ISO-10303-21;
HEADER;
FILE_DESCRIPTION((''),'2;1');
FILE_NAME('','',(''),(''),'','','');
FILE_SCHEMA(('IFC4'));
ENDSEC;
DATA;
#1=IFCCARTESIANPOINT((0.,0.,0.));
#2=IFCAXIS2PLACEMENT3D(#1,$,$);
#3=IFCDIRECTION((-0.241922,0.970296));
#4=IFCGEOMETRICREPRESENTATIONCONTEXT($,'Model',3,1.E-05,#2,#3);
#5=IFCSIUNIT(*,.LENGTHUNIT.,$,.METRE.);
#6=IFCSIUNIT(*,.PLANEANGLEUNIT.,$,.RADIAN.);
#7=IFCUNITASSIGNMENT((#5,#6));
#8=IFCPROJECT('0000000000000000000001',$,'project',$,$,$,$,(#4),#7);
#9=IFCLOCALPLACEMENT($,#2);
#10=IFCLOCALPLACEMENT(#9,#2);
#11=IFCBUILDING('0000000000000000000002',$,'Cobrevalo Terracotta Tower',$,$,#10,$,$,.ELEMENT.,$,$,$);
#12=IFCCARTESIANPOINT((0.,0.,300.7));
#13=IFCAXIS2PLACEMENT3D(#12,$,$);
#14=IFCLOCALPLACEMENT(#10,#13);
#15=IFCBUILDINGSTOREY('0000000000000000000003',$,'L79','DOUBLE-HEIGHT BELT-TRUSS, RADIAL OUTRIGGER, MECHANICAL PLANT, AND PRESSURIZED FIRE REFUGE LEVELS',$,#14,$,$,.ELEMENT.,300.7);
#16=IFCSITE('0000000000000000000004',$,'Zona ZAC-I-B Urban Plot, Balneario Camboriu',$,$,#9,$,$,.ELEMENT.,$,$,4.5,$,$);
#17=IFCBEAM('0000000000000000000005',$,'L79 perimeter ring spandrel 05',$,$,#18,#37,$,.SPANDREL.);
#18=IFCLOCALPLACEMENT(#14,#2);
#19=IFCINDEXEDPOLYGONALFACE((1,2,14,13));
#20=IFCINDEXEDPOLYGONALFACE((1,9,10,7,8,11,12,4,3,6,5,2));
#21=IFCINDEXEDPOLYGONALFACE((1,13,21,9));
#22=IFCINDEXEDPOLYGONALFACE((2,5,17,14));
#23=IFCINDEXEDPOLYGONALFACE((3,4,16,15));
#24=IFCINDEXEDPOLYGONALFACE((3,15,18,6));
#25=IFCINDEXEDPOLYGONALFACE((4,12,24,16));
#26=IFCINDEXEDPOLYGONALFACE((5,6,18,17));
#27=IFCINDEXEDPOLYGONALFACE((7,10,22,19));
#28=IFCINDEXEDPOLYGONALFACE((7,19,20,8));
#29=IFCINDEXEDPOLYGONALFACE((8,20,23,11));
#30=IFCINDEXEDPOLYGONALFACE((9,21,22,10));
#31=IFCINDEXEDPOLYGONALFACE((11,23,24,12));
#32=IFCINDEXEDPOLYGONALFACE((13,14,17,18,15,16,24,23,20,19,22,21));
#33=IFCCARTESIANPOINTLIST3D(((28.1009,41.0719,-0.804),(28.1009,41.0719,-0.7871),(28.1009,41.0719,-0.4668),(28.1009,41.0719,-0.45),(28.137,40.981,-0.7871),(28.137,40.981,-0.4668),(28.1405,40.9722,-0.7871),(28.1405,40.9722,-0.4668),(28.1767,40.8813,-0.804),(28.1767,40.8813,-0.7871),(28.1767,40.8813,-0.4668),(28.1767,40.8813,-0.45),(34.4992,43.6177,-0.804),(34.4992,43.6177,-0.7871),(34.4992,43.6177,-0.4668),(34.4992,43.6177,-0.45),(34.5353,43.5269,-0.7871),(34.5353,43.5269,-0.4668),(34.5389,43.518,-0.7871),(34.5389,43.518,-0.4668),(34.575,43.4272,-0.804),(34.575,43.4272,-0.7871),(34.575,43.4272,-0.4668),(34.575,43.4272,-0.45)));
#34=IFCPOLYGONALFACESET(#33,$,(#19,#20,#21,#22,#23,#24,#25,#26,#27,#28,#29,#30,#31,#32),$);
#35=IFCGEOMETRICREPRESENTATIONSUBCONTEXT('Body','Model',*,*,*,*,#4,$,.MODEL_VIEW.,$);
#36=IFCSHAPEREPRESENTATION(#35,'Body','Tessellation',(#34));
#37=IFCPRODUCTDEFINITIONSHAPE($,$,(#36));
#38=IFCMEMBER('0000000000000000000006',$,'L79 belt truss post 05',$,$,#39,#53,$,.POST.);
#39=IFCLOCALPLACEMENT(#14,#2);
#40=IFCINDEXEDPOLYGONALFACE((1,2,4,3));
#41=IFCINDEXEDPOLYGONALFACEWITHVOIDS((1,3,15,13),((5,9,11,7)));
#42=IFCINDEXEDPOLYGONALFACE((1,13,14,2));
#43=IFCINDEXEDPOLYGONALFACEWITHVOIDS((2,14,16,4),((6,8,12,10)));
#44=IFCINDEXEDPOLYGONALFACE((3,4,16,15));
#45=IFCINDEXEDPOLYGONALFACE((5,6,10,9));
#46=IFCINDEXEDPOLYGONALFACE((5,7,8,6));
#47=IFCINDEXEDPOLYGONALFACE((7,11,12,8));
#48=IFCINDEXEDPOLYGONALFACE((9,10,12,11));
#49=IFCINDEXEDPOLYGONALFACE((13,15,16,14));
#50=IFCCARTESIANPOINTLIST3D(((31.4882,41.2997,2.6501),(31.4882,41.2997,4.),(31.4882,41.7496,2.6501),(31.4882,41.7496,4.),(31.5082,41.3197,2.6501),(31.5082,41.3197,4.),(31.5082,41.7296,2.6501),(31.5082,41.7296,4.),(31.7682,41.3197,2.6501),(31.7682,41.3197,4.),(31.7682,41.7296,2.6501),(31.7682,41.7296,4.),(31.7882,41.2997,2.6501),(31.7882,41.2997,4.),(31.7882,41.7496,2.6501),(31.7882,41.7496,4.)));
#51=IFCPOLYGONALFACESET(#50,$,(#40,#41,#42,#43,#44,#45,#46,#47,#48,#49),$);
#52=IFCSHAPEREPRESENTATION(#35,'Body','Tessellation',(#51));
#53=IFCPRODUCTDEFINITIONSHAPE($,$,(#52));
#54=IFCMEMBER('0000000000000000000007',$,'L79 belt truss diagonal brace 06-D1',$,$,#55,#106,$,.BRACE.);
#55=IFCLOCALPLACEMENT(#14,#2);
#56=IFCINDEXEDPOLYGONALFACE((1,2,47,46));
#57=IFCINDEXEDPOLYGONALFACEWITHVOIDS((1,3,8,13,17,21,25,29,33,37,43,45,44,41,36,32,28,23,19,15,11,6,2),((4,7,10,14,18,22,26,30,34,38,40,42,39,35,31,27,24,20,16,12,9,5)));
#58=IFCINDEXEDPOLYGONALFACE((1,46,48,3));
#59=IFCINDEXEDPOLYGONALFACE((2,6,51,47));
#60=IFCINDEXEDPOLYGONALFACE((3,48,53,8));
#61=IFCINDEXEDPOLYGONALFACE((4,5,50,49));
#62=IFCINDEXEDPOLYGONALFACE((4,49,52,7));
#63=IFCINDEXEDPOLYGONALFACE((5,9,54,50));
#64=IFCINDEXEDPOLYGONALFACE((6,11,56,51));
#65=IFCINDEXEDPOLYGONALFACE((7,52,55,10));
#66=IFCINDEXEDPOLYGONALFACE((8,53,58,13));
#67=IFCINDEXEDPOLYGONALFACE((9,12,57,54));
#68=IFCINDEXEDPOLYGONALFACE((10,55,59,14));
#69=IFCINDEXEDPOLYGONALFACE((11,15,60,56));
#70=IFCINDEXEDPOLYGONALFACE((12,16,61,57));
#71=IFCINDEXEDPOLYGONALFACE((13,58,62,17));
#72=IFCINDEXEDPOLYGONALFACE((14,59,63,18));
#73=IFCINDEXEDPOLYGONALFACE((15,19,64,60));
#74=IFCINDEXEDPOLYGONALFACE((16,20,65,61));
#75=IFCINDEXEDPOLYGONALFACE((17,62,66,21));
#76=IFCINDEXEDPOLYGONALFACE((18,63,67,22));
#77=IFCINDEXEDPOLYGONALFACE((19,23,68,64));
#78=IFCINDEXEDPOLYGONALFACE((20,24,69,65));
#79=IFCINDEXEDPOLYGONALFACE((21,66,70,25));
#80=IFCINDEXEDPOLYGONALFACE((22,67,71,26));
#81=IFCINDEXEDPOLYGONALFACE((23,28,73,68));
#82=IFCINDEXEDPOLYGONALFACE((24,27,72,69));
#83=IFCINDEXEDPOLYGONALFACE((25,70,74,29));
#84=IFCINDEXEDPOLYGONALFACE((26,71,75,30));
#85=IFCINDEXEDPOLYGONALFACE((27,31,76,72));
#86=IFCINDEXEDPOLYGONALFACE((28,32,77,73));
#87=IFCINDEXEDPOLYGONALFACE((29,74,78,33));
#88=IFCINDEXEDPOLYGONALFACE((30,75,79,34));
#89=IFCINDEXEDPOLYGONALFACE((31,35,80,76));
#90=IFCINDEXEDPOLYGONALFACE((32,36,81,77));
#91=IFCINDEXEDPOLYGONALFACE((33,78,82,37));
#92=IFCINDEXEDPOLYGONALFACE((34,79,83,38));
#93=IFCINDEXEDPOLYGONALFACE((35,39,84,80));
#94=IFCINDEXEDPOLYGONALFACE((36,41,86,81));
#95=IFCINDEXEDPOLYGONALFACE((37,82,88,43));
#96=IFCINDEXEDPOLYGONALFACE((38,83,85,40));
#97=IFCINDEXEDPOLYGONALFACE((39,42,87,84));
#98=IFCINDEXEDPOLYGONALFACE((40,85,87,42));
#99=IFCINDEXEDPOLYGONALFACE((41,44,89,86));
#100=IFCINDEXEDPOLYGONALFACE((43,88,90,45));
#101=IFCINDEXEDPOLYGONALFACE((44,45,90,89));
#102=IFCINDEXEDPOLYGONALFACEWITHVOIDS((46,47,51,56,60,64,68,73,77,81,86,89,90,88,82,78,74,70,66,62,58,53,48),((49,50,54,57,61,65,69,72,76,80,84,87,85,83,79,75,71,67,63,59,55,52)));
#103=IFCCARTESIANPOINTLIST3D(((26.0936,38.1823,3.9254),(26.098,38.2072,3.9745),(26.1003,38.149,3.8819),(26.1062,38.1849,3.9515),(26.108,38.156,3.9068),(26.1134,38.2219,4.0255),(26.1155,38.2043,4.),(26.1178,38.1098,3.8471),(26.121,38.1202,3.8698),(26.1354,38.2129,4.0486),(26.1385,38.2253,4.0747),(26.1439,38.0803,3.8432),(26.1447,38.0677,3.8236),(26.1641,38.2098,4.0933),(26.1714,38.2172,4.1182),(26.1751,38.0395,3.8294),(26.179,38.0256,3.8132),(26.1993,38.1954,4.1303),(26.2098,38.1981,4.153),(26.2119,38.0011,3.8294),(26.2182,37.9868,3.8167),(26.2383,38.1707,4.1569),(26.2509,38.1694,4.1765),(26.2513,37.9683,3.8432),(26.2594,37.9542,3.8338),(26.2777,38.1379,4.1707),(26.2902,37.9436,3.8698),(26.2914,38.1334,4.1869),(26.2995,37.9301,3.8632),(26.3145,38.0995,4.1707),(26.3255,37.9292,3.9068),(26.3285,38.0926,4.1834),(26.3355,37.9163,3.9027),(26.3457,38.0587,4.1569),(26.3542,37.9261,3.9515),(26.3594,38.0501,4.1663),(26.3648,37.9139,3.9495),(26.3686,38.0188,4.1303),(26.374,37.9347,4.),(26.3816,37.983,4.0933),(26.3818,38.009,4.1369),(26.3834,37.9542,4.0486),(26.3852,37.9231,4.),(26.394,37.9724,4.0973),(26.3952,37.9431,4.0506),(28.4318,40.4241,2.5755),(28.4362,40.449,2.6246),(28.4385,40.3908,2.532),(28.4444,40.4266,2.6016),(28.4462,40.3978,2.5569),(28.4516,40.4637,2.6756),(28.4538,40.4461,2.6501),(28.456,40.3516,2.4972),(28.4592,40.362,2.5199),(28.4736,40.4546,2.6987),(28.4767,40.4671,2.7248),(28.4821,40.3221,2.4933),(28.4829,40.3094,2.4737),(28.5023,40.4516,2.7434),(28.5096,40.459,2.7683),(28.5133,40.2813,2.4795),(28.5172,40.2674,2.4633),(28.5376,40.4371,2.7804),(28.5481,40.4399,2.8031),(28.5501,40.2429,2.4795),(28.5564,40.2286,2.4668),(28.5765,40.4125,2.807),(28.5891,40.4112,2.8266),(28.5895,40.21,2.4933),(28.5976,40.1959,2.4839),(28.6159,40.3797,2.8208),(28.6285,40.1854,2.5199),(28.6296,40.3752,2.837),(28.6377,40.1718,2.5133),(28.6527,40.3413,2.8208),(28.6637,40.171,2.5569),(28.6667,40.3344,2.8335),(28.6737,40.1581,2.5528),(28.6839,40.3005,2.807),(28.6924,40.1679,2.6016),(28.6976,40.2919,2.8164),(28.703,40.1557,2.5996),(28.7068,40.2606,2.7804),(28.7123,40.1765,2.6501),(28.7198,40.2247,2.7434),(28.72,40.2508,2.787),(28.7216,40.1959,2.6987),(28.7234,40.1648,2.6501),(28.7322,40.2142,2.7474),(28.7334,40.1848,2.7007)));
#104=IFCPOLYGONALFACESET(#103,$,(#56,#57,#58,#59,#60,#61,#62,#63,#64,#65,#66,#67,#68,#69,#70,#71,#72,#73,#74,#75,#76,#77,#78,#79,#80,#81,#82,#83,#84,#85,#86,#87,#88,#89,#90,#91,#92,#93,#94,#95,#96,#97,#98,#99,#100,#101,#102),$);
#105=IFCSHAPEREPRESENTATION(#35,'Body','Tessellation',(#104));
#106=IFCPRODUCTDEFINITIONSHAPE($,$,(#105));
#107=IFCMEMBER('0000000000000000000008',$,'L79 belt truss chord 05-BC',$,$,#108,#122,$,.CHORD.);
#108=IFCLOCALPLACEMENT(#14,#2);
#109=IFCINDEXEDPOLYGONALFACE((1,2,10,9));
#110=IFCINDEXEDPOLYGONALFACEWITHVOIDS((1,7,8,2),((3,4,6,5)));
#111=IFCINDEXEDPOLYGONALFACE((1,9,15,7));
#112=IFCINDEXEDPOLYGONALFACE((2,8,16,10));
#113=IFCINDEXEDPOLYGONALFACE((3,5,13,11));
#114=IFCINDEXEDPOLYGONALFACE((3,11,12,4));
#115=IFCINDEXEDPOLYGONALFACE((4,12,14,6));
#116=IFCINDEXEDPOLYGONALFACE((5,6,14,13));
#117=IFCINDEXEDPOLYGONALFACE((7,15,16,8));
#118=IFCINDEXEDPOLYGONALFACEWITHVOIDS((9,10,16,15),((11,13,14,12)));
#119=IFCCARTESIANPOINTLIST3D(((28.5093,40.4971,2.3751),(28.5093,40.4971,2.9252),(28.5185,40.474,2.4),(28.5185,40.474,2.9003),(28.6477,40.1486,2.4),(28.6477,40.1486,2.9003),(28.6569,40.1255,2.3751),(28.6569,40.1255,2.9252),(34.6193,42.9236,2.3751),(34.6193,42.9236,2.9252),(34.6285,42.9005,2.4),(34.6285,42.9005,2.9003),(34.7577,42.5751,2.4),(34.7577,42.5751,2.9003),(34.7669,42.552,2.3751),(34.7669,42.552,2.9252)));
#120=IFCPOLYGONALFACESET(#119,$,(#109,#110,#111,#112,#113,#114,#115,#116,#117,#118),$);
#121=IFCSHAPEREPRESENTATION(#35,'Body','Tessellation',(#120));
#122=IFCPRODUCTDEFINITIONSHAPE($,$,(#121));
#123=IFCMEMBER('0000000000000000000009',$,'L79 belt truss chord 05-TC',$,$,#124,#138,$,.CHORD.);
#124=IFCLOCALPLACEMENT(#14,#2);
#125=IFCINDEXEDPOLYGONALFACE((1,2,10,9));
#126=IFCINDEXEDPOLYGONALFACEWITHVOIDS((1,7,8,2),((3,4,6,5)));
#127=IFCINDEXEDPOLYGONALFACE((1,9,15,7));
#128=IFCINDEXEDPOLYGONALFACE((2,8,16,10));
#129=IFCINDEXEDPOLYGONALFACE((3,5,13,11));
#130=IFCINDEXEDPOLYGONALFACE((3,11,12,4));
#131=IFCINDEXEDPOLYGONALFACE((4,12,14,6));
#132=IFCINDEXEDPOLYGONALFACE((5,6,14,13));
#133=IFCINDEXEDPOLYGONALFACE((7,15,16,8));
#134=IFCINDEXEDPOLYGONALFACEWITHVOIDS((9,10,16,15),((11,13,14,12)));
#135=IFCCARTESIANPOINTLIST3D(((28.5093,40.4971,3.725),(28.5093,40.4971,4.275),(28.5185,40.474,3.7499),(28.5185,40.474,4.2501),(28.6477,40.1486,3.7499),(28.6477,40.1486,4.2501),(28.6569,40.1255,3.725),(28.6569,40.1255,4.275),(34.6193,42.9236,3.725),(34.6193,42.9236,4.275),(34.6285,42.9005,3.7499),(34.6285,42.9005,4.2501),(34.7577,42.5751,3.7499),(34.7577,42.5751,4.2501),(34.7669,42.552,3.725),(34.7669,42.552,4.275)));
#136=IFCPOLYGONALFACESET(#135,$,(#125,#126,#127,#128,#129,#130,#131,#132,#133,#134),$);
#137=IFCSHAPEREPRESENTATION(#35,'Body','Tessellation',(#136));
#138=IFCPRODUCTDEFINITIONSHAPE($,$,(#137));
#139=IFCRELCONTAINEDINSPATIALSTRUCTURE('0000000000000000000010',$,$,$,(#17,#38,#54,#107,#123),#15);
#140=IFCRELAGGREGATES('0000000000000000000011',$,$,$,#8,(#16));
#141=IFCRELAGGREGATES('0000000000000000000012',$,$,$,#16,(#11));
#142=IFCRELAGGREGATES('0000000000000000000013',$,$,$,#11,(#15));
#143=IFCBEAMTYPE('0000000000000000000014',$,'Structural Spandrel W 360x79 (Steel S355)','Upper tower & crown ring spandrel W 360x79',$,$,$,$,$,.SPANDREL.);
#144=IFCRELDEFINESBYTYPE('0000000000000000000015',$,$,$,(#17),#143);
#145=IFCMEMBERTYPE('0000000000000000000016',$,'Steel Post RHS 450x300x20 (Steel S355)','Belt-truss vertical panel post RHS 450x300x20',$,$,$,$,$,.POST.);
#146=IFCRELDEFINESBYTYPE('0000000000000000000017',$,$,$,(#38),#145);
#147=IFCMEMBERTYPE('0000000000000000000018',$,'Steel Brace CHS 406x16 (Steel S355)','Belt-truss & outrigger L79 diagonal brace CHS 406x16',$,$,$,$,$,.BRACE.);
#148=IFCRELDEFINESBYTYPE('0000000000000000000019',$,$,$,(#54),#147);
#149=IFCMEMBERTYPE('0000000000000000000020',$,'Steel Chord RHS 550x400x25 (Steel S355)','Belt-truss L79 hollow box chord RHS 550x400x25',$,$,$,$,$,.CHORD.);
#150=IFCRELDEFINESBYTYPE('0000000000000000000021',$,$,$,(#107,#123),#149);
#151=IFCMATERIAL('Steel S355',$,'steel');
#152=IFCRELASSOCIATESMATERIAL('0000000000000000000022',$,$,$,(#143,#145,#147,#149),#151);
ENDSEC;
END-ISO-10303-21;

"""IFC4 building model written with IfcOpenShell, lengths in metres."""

from ifc_helpers import new_model, si_unit, direction, frame, origin, origin_2d, place, context, subcontext, project, spatial, hollow_rectangle, hollow_circle, i_section, extrude, source, transform, mapped, material, material_profile, profile_set, type_object, element, save


model = new_model("IFC4")

# Units and contexts
model_context = context("Model", 3, precision=1e-05, world=origin(), true_north=direction((-0.241922, 0.970296)))
body_context = subcontext(model_context, "Body", "Model", "MODEL_VIEW")
ifc_project = project(units=[si_unit("LENGTHUNIT", "METRE"), si_unit("PLANEANGLEUNIT", "RADIAN")], contexts=[model_context])

# Site, building, storey
site_placement = place(None, origin())
site = spatial("IfcSite", under=ifc_project, at=site_placement, Name="Zona ZAC-I-B Urban Plot, Balneario Camboriu", CompositionType="ELEMENT", RefElevation=4.5)
building_placement = place(site_placement, origin())
building = spatial("IfcBuilding", under=site, at=building_placement, Name="Cobrevalo Terracotta Tower", CompositionType="ELEMENT")
storey_placement = place(building_placement, frame((0.0, 0.0, 300.7)))
storey = spatial("IfcBuildingStorey", under=building, at=storey_placement, Name="L79", Description="DOUBLE-HEIGHT BELT-TRUSS, RADIAL OUTRIGGER, MECHANICAL PLANT, AND PRESSURIZED FIRE REFUGE LEVELS", CompositionType="ELEMENT", Elevation=300.7)

# Shared definitions
ifc_material_1 = material(Name="Steel S355", Category="steel")

# Beam
ifc_material_profile_1 = material_profile(ifc_material_1, i_section(OverallWidth=0.2051, OverallDepth=0.354, WebThickness=0.0095, FlangeThickness=0.0168, at=origin_2d()), Name="W 360x79")
ifc_profile_set_1 = profile_set([ifc_material_profile_1], Name="Steel S355")
beam_type_1 = type_object("IfcBeamType", Name="Structural Spandrel W 360x79 (Steel S355)", Description="Upper tower & crown ring spandrel W 360x79", PredefinedType="SPANDREL", material=ifc_profile_set_1)
beam_1_placement = place(storey_placement, frame((34.5371, 43.5225, -0.627), z_axis=(-0.92915, -0.369703, 0.0), x_axis=(0.369703, -0.92915, 0.0)))
element("IfcBeam", 1, at=beam_1_placement, inside=storey, type_object=beam_type_1, Name="L79 perimeter ring spandrel 05", PredefinedType="SPANDREL", context=body_context, shape_type="SweptSolid", body=[
    extrude(i_section(OverallWidth=0.2051, OverallDepth=0.354, WebThickness=0.0095, FlangeThickness=0.0168, at=origin_2d()), origin(), (0.0, 0.0, 1.0), 6.8862),
])

# Members
ifc_material_profile_2 = material_profile(ifc_material_1, hollow_rectangle(XDim=0.3, YDim=0.45, WallThickness=0.02, at=origin_2d()), Name="RHS 450x300x20")
ifc_profile_set_2 = profile_set([ifc_material_profile_2], Name="Steel S355")
member_type_1 = type_object("IfcMemberType", Name="Steel Post RHS 450x300x20 (Steel S355)", Description="Belt-truss vertical panel post RHS 450x300x20", PredefinedType="POST", material=ifc_profile_set_2)
shared_shape_1 = source(origin(), body_context, "Body", "SweptSolid", [
    extrude(hollow_rectangle(XDim=0.3, YDim=0.45, WallThickness=0.02, at=origin_2d()), origin(), (0.0, 0.0, 1.0), 1.3499),
])
member_1_placement = place(storey_placement, frame((31.6382, 41.5247, 2.6501), z_axis=(0.0, 0.0, 1.0), x_axis=(1.0, 0.0, 0.0)))
element("IfcMember", 2, at=member_1_placement, inside=storey, type_object=member_type_1, Name="L79 belt truss post 05", PredefinedType="POST", context=body_context, shape_type="MappedRepresentation", body=[
    mapped(shared_shape_1, transform((0.0, 0.0, 0.0), scale=1.0)),
])
ifc_material_profile_3 = material_profile(ifc_material_1, hollow_circle(Radius=0.2029, WallThickness=0.0161, at=origin_2d()), Name="CHS 406x16")
ifc_profile_set_3 = profile_set([ifc_material_profile_3], Name="Steel S355")
member_type_2 = type_object("IfcMemberType", Name="Steel Brace CHS 406x16 (Steel S355)", Description="Belt-truss & outrigger L79 diagonal brace CHS 406x16", PredefinedType="BRACE", material=ifc_profile_set_3)
shared_shape_2 = source(origin(), body_context, "Body", "SweptSolid", [
    extrude(hollow_circle(Radius=0.2029, WallThickness=0.0161, at=origin_2d()), origin(), (0.0, 0.0, 1.0), 3.5093),
])
member_2_placement = place(storey_placement, frame((28.583, 40.3113, 2.6501), z_axis=(-0.666295, -0.638814, 0.384666), x_axis=(0.692064, -0.721836, 0.0)))
element("IfcMember", 3, at=member_2_placement, inside=storey, type_object=member_type_2, Name="L79 belt truss diagonal brace 06-D1", PredefinedType="BRACE", context=body_context, shape_type="MappedRepresentation", body=[
    mapped(shared_shape_2, transform((0.0, 0.0, 0.0), scale=1.0)),
])
ifc_material_profile_4 = material_profile(ifc_material_1, hollow_rectangle(XDim=0.3999, YDim=0.55, WallThickness=0.0249, at=origin_2d()), Name="RHS 550x400x25")
ifc_profile_set_4 = profile_set([ifc_material_profile_4], Name="Steel S355")
member_type_3 = type_object("IfcMemberType", Name="Steel Chord RHS 550x400x25 (Steel S355)", Description="Belt-truss L79 hollow box chord RHS 550x400x25", PredefinedType="CHORD", material=ifc_profile_set_4)
shared_shape_3 = source(origin(), body_context, "Body", "SweptSolid", [
    extrude(hollow_rectangle(XDim=0.3999, YDim=0.55, WallThickness=0.0249, at=origin_2d()), origin(), (0.0, 0.0, 1.0), 6.5742),
])
for number, where, z_axis, x_axis, name in (
    (4, (34.6931, 42.7378, 2.6501), (-0.929393, -0.369091, 0.0), (0.369091, -0.929393, 0.0), "L79 belt truss chord 05-BC"),
    (5, (34.6931, 42.7378, 4.0), (-0.929393, -0.369091, 0.0), (0.369091, -0.929393, 0.0), "L79 belt truss chord 05-TC"),
):
    element("IfcMember", number, at=place(storey_placement, frame(where, z_axis=z_axis, x_axis=x_axis)), inside=storey, type_object=member_type_3, Name=name, PredefinedType="CHORD", context=body_context, shape_type="MappedRepresentation", body=[
        mapped(shared_shape_3, transform((0.0, 0.0, 0.0), scale=1.0)),
    ])

save(model, "model.ifc")
